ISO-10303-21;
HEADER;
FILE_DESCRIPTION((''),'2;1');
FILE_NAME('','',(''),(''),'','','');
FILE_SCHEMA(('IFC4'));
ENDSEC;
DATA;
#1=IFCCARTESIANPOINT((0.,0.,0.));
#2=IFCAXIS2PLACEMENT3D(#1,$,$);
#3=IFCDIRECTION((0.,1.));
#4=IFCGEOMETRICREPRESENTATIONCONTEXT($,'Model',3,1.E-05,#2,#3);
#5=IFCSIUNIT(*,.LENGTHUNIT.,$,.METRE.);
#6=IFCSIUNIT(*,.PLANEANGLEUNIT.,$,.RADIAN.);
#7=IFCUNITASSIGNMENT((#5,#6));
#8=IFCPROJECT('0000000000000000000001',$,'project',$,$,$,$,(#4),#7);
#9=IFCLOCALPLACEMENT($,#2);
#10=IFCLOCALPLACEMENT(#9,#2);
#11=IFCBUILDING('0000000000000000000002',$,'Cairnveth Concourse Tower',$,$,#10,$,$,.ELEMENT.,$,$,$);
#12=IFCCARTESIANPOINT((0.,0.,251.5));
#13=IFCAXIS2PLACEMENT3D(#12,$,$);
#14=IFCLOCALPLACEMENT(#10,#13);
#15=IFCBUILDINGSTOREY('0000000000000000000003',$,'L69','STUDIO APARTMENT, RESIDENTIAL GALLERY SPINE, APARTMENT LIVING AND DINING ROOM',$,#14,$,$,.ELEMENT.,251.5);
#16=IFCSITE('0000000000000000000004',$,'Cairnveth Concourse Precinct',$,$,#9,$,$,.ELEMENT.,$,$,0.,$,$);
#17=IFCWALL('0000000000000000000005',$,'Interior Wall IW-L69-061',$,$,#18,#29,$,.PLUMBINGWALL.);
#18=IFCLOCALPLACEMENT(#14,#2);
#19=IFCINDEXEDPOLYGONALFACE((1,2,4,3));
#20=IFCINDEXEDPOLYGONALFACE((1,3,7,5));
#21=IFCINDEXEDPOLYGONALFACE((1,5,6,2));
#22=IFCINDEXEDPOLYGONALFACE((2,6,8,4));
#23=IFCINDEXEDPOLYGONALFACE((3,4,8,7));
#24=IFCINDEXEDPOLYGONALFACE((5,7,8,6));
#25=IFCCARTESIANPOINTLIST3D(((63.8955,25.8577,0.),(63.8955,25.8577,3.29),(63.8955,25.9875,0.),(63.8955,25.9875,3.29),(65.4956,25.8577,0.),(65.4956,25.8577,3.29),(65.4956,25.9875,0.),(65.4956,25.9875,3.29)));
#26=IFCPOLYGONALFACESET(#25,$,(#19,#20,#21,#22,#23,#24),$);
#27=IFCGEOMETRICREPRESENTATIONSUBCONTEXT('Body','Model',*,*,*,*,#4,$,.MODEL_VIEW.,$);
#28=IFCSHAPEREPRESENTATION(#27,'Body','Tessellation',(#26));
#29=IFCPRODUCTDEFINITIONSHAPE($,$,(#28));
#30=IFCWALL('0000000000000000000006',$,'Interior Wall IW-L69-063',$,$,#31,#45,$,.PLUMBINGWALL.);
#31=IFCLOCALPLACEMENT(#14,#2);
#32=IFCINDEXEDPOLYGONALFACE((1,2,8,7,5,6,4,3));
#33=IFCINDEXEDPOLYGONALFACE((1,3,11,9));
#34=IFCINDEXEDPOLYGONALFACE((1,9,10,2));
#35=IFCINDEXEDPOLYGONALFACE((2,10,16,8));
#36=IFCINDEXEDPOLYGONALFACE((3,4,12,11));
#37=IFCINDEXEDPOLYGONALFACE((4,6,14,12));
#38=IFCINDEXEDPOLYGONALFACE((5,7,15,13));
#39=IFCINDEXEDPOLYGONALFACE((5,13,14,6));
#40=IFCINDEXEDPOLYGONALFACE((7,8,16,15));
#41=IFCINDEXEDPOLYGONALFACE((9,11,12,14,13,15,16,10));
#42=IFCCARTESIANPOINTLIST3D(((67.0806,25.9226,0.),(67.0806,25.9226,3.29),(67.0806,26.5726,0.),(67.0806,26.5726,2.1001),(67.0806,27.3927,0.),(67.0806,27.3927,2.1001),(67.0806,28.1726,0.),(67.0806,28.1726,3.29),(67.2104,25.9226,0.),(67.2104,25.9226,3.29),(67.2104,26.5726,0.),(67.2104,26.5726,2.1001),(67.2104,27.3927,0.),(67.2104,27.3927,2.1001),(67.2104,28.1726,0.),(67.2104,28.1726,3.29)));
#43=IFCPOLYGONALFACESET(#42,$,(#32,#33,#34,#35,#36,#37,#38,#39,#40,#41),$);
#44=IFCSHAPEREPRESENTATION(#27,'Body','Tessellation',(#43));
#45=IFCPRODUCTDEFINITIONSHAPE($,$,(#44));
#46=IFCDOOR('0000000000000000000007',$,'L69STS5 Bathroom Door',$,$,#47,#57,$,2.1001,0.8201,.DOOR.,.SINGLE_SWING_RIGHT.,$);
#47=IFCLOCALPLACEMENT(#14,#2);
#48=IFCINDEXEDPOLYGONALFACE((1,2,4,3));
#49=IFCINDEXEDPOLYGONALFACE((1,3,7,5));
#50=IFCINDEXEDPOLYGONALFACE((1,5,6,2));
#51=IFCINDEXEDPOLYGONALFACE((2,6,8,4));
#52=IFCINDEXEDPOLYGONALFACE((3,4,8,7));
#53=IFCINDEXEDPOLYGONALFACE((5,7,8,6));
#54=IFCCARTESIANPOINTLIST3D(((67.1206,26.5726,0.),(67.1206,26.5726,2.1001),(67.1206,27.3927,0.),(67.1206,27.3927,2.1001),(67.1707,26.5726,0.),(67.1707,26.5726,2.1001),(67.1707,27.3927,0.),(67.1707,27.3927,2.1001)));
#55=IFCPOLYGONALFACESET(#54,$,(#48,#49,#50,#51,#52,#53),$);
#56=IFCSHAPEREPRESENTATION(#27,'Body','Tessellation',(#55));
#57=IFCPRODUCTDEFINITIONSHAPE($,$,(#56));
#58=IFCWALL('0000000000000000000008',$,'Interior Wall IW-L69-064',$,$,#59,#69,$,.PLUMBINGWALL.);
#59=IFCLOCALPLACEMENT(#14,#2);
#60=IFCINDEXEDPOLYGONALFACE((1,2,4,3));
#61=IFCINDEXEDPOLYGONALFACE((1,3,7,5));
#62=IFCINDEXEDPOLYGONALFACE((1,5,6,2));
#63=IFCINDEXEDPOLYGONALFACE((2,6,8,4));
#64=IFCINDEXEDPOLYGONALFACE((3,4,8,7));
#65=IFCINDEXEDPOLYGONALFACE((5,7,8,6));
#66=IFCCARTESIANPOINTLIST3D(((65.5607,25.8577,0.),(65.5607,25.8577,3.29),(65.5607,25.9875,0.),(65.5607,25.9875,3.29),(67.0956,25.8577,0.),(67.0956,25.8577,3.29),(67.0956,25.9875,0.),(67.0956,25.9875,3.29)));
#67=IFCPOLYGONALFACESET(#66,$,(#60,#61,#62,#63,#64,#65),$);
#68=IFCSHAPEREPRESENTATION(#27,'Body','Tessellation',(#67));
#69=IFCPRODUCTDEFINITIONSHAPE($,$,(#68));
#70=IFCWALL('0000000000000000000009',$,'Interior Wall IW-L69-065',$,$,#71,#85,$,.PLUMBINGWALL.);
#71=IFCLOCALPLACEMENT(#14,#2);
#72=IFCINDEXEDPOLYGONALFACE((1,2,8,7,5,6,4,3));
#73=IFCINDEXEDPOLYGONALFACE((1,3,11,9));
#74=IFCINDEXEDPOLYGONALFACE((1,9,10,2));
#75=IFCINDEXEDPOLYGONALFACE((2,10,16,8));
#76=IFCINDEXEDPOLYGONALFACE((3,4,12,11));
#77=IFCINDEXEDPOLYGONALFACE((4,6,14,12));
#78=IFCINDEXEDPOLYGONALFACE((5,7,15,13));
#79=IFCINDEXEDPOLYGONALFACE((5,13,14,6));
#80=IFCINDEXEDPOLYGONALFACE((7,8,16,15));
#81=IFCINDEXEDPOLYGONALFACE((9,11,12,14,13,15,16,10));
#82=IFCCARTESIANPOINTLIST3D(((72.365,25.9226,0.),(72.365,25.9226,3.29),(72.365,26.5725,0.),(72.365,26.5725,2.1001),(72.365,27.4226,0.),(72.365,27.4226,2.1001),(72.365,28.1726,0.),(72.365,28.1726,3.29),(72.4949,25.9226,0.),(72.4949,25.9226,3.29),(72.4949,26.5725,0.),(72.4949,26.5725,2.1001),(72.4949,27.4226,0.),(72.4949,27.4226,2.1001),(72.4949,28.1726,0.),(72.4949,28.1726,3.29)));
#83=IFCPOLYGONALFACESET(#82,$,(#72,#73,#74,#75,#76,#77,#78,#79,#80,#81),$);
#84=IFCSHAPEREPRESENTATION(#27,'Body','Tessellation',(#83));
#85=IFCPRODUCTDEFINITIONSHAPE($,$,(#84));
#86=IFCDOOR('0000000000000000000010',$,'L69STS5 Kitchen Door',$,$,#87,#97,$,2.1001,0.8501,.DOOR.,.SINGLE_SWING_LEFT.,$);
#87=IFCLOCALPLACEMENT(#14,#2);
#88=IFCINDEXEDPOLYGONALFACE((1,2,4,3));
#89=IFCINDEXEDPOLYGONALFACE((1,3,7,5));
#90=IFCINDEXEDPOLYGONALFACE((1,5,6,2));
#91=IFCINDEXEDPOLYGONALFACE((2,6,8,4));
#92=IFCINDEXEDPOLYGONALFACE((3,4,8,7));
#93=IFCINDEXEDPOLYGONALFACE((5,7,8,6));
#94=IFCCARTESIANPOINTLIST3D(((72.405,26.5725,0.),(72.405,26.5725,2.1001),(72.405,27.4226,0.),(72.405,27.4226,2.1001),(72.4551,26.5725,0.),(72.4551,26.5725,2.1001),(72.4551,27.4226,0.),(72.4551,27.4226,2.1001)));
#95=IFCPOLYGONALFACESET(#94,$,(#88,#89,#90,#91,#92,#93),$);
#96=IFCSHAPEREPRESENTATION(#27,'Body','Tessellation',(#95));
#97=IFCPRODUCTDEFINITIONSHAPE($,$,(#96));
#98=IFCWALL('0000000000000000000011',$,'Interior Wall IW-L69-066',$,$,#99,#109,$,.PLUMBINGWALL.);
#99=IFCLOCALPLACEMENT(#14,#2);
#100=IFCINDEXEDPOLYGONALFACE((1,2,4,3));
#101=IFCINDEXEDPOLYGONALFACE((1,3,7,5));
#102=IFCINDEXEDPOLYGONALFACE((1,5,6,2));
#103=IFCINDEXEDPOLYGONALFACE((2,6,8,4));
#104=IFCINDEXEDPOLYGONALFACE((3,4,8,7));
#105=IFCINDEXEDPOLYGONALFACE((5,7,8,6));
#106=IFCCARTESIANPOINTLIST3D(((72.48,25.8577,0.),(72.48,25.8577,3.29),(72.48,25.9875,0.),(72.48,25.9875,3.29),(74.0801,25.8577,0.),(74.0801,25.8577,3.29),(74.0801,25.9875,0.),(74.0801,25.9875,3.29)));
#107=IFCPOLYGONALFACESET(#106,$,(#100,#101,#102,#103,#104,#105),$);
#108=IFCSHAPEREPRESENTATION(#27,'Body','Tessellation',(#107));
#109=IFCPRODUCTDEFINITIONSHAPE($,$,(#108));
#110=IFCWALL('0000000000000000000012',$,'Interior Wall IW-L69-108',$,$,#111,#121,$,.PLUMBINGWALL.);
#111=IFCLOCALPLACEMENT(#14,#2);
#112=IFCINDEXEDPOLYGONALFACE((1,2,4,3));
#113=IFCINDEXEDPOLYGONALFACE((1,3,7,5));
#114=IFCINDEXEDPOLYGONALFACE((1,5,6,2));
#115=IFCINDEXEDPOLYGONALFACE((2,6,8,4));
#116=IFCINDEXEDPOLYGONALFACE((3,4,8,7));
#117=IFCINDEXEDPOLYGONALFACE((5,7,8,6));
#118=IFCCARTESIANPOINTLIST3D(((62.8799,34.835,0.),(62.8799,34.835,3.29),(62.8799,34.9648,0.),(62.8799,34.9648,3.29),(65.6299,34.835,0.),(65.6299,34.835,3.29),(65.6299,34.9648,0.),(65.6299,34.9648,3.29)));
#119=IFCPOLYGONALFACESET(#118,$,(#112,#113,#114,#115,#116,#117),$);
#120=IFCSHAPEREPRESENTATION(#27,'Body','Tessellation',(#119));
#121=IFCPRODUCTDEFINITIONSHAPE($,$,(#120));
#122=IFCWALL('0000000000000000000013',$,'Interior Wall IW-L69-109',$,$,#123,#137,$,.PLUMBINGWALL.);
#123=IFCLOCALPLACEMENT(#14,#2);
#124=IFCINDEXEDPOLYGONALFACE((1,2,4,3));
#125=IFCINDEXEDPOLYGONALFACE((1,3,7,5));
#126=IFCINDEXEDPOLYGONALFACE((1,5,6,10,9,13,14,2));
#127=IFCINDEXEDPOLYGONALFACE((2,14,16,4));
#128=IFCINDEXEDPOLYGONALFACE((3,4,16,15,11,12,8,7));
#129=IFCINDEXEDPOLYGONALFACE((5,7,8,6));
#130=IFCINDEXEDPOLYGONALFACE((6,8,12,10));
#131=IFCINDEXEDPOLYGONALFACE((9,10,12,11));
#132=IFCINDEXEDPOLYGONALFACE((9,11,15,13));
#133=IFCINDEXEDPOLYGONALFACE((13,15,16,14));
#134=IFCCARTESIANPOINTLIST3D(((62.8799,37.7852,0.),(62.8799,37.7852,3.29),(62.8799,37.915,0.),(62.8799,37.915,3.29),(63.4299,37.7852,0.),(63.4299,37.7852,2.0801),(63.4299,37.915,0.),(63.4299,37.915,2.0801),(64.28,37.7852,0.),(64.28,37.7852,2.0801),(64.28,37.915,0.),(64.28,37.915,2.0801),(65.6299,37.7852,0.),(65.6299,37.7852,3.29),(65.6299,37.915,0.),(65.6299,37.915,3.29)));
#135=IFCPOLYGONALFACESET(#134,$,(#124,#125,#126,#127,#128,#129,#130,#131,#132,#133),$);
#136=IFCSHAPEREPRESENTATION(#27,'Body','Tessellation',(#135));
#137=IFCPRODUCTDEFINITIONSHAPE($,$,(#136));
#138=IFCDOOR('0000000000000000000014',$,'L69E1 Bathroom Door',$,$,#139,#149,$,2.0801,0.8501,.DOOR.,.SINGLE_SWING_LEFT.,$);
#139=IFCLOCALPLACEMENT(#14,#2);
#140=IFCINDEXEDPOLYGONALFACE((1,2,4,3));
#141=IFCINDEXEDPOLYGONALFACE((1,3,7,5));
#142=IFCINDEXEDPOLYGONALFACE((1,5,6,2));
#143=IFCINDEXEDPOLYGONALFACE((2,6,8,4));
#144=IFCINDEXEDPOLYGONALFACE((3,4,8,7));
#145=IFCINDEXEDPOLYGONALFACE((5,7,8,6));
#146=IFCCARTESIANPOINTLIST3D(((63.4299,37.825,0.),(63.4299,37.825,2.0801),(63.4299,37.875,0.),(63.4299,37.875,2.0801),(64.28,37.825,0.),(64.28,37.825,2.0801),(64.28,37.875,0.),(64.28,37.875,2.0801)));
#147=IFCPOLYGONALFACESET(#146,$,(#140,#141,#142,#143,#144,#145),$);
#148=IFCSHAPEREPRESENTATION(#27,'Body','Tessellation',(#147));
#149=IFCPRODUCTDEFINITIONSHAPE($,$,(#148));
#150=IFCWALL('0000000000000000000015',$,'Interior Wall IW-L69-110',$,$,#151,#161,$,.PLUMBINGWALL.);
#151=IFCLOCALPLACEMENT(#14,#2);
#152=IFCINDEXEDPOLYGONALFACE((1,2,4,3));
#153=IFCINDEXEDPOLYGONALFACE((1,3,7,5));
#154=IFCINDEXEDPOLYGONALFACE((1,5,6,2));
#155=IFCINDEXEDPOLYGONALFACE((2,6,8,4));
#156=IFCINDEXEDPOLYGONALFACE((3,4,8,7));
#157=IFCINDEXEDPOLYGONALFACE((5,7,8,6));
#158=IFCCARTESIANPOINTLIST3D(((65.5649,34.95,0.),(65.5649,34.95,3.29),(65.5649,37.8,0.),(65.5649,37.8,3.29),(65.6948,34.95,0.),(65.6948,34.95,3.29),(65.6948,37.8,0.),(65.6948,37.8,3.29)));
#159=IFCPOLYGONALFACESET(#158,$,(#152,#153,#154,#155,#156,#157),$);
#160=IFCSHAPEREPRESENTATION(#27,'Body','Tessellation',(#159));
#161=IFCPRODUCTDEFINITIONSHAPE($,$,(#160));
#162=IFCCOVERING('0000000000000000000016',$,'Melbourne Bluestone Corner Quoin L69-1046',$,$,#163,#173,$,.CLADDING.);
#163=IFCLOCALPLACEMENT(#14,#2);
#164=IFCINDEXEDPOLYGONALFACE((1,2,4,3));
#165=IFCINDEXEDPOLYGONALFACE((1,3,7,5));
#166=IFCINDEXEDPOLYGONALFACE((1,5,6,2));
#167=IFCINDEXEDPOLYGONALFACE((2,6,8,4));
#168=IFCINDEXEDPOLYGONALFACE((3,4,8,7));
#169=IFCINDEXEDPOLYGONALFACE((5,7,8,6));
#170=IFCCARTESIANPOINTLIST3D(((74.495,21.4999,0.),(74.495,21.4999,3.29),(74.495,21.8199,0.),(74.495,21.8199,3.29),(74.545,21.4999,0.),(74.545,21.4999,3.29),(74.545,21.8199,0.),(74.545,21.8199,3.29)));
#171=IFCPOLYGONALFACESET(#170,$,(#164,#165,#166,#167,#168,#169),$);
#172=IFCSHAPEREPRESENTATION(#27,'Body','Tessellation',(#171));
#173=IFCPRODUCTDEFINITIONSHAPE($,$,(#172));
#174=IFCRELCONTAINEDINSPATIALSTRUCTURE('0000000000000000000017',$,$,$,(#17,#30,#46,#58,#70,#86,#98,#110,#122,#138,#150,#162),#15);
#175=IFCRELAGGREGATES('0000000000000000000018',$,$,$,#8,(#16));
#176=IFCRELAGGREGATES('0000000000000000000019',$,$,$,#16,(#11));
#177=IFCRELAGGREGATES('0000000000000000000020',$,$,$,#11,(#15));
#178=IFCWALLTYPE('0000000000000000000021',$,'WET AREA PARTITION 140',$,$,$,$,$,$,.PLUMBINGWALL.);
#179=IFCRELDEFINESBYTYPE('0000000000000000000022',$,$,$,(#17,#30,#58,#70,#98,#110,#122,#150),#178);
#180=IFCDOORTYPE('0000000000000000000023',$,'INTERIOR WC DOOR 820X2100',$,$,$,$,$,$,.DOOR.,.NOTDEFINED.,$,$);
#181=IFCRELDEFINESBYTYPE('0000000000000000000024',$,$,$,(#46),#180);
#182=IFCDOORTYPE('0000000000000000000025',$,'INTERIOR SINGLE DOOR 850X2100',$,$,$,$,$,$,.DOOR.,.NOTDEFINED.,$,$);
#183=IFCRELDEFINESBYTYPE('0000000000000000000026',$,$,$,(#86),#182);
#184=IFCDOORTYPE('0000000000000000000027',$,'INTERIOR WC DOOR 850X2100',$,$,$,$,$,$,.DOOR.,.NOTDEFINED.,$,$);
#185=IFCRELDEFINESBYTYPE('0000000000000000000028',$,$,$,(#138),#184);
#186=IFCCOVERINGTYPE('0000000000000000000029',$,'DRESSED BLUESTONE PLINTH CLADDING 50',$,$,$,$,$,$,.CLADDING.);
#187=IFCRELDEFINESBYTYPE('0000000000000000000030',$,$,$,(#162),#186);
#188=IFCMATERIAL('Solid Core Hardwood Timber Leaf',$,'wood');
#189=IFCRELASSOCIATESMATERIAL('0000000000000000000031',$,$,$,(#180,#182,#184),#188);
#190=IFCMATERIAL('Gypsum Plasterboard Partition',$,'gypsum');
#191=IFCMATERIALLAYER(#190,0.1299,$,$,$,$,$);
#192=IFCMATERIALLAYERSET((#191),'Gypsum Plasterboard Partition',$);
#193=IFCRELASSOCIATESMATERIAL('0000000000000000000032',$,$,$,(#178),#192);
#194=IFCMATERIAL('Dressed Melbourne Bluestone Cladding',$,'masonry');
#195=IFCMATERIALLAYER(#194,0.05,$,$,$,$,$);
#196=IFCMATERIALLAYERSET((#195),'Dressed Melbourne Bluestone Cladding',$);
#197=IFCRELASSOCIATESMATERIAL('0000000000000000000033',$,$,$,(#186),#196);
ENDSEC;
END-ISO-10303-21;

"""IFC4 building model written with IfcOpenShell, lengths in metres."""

from ifc_helpers import new_model, si_unit, direction, frame, frame_2d, origin, place, context, subcontext, project, spatial, rectangle, extrude, material, layer, layer_set, type_object, element, fill, save


model = new_model("IFC4")

# Units and contexts
model_context = context("Model", 3, precision=1e-05, world=origin(), true_north=direction((0.0, 1.0)))
body_context = subcontext(model_context, "Body", "Model", "MODEL_VIEW")
ifc_project = project(units=[si_unit("LENGTHUNIT", "METRE"), si_unit("PLANEANGLEUNIT", "RADIAN")], contexts=[model_context])

# Site, building, storey
site_placement = place(None, origin())
site = spatial("IfcSite", under=ifc_project, at=site_placement, Name="Cairnveth Concourse Precinct", CompositionType="ELEMENT", RefElevation=0.0)
building_placement = place(site_placement, origin())
building = spatial("IfcBuilding", under=site, at=building_placement, Name="Cairnveth Concourse Tower", CompositionType="ELEMENT")
storey_placement = place(building_placement, frame((0.0, 0.0, 251.5)))
storey = spatial("IfcBuildingStorey", under=building, at=storey_placement, Name="L69", Description="STUDIO APARTMENT, RESIDENTIAL GALLERY SPINE, APARTMENT LIVING AND DINING ROOM", CompositionType="ELEMENT", Elevation=251.5)

# Shared definitions
ifc_material_1 = material(Name="Gypsum Plasterboard Partition", Category="gypsum")
ifc_material_2 = material(Name="Solid Core Hardwood Timber Leaf", Category="wood")
door_type_1 = type_object("IfcDoorType", Name="INTERIOR WC DOOR 820X2100", OperationType="NOTDEFINED", PredefinedType="DOOR", material=ifc_material_2)
ifc_layer_1 = layer(ifc_material_1, 0.1299)
ifc_layer_set_1 = layer_set([ifc_layer_1], Name="Gypsum Plasterboard Partition")
wall_type_1 = type_object("IfcWallType", Name="WET AREA PARTITION 140", PredefinedType="PLUMBINGWALL", material=ifc_layer_set_1)
door_type_2 = type_object("IfcDoorType", Name="INTERIOR SINGLE DOOR 850X2100", OperationType="NOTDEFINED", PredefinedType="DOOR", material=ifc_material_2)

# Wall
wall_1_placement = place(storey_placement, frame((63.8955, 25.9226, 0.0), z_axis=(0.0, 0.0, 1.0), x_axis=(1.0, 0.0, 0.0)))
element("IfcWall", 1, at=wall_1_placement, inside=storey, type_object=wall_type_1, Name="Interior Wall IW-L69-061", PredefinedType="PLUMBINGWALL", context=body_context, shape_type="SweptSolid", body=[
    extrude(rectangle(XDim=1.6001, YDim=0.1299, at=frame_2d((0.8, 0.0))), origin(), (0.0, 0.0, 1.0), 3.29),
])

# Wall, opening, door
wall_2_placement = place(storey_placement, frame((67.1455, 25.9226, 0.0), z_axis=(0.0, 0.0, 1.0), x_axis=(0.0, 1.0, 0.0)))
wall_2 = element("IfcWall", 2, at=wall_2_placement, inside=storey, type_object=wall_type_1, Name="Interior Wall IW-L69-063", PredefinedType="PLUMBINGWALL", context=body_context, shape_type="SweptSolid", body=[
    extrude(rectangle(XDim=2.25, YDim=0.1299, at=frame_2d((1.125, 0.0))), origin(), (0.0, 0.0, 1.0), 3.29),
])
opening_1_placement = place(wall_2_placement, frame((0.6499, 0.0, 0.0)))
opening_1 = element("IfcOpeningElement", 3, at=opening_1_placement, cuts=wall_2, PredefinedType="OPENING", context=body_context, shape_type="SweptSolid", body=[
    extrude(rectangle(XDim=0.8201, YDim=2.1001, at=frame_2d((0.4102, 1.05))), frame((0.0, 0.075, 0.0), z_axis=(0.0, -1.0, 0.0), x_axis=(1.0, 0.0, 0.0)), (0.0, 0.0, 1.0), 0.1499),
])
door_1_placement = place(opening_1_placement, origin())
door_1 = element("IfcDoor", 4, at=door_1_placement, inside=storey, type_object=door_type_1, Name="L69STS5 Bathroom Door", OperationType="SINGLE_SWING_RIGHT", OverallHeight=2.1001, OverallWidth=0.8201, PredefinedType="DOOR", context=body_context, shape_type="SweptSolid", body=[
    extrude(rectangle(XDim=0.8201, YDim=2.1001, at=frame_2d((0.4102, 1.05))), frame((0.0, 0.0249, 0.0), z_axis=(0.0, -1.0, 0.0), x_axis=(1.0, 0.0, 0.0)), (0.0, 0.0, 1.0), 0.05),
])
fill(opening_1, door_1)

# Wall
wall_3_placement = place(storey_placement, frame((65.5605, 25.9226, 0.0), z_axis=(0.0, 0.0, 1.0), x_axis=(1.0, 0.0, 0.0)))
element("IfcWall", 5, at=wall_3_placement, inside=storey, type_object=wall_type_1, Name="Interior Wall IW-L69-064", PredefinedType="PLUMBINGWALL", context=body_context, shape_type="SweptSolid", body=[
    extrude(rectangle(XDim=1.5349, YDim=0.1299, at=frame_2d((0.7676, 0.0))), origin(), (0.0, 0.0, 1.0), 3.29),
])

# Wall, opening, door
wall_4_placement = place(storey_placement, frame((72.4299, 25.9226, 0.0), z_axis=(0.0, 0.0, 1.0), x_axis=(0.0, 1.0, 0.0)))
wall_4 = element("IfcWall", 6, at=wall_4_placement, inside=storey, type_object=wall_type_1, Name="Interior Wall IW-L69-065", PredefinedType="PLUMBINGWALL", context=body_context, shape_type="SweptSolid", body=[
    extrude(rectangle(XDim=2.25, YDim=0.1299, at=frame_2d((1.125, 0.0))), origin(), (0.0, 0.0, 1.0), 3.29),
])
opening_2_placement = place(wall_4_placement, frame((0.6499, 0.0, 0.0)))
opening_2 = element("IfcOpeningElement", 7, at=opening_2_placement, cuts=wall_4, PredefinedType="OPENING", context=body_context, shape_type="SweptSolid", body=[
    extrude(rectangle(XDim=0.8501, YDim=2.1001, at=frame_2d((0.425, 1.05))), frame((0.0, 0.075, 0.0), z_axis=(0.0, -1.0, 0.0), x_axis=(1.0, 0.0, 0.0)), (0.0, 0.0, 1.0), 0.1499),
])
door_2_placement = place(opening_2_placement, origin())
door_2 = element("IfcDoor", 8, at=door_2_placement, inside=storey, type_object=door_type_2, Name="L69STS5 Kitchen Door", OperationType="SINGLE_SWING_LEFT", OverallHeight=2.1001, OverallWidth=0.8501, PredefinedType="DOOR", context=body_context, shape_type="SweptSolid", body=[
    extrude(rectangle(XDim=0.8501, YDim=2.1001, at=frame_2d((0.425, 1.05))), frame((0.0, 0.0249, 0.0), z_axis=(0.0, -1.0, 0.0), x_axis=(1.0, 0.0, 0.0)), (0.0, 0.0, 1.0), 0.05),
])
fill(opening_2, door_2)

# Walls
wall_5_placement = place(storey_placement, frame((72.48, 25.9226, 0.0), z_axis=(0.0, 0.0, 1.0), x_axis=(1.0, 0.0, 0.0)))
element("IfcWall", 9, at=wall_5_placement, inside=storey, type_object=wall_type_1, Name="Interior Wall IW-L69-066", PredefinedType="PLUMBINGWALL", context=body_context, shape_type="SweptSolid", body=[
    extrude(rectangle(XDim=1.6001, YDim=0.1299, at=frame_2d((0.8, 0.0))), origin(), (0.0, 0.0, 1.0), 3.29),
])
wall_6_placement = place(storey_placement, frame((62.8799, 34.8999, 0.0), z_axis=(0.0, 0.0, 1.0), x_axis=(1.0, 0.0, 0.0)))
element("IfcWall", 10, at=wall_6_placement, inside=storey, type_object=wall_type_1, Name="Interior Wall IW-L69-108", PredefinedType="PLUMBINGWALL", context=body_context, shape_type="SweptSolid", body=[
    extrude(rectangle(XDim=2.75, YDim=0.1299, at=frame_2d((1.375, 0.0))), origin(), (0.0, 0.0, 1.0), 3.29),
])

# Wall, opening, door
wall_7_placement = place(storey_placement, frame((62.8799, 37.8501, 0.0), z_axis=(0.0, 0.0, 1.0), x_axis=(1.0, 0.0, 0.0)))
wall_7 = element("IfcWall", 11, at=wall_7_placement, inside=storey, type_object=wall_type_1, Name="Interior Wall IW-L69-109", PredefinedType="PLUMBINGWALL", context=body_context, shape_type="SweptSolid", body=[
    extrude(rectangle(XDim=2.75, YDim=0.1299, at=frame_2d((1.375, 0.0))), origin(), (0.0, 0.0, 1.0), 3.29),
])
opening_3_placement = place(wall_7_placement, frame((0.55, 0.0, 0.0)))
opening_3 = element("IfcOpeningElement", 12, at=opening_3_placement, cuts=wall_7, PredefinedType="OPENING", context=body_context, shape_type="SweptSolid", body=[
    extrude(rectangle(XDim=0.8501, YDim=2.0801, at=frame_2d((0.425, 1.04))), frame((0.0, 0.075, 0.0), z_axis=(0.0, -1.0, 0.0), x_axis=(1.0, 0.0, 0.0)), (0.0, 0.0, 1.0), 0.1499),
])
door_type_3 = type_object("IfcDoorType", Name="INTERIOR WC DOOR 850X2100", OperationType="NOTDEFINED", PredefinedType="DOOR", material=ifc_material_2)
door_3_placement = place(opening_3_placement, origin())
door_3 = element("IfcDoor", 13, at=door_3_placement, inside=storey, type_object=door_type_3, Name="L69E1 Bathroom Door", OperationType="SINGLE_SWING_LEFT", OverallHeight=2.0801, OverallWidth=0.8501, PredefinedType="DOOR", context=body_context, shape_type="SweptSolid", body=[
    extrude(rectangle(XDim=0.8501, YDim=2.0801, at=frame_2d((0.425, 1.04))), frame((0.0, 0.0249, 0.0), z_axis=(0.0, -1.0, 0.0), x_axis=(1.0, 0.0, 0.0)), (0.0, 0.0, 1.0), 0.05),
])
fill(opening_3, door_3)

# Wall
wall_8_placement = place(storey_placement, frame((65.6299, 34.95, 0.0), z_axis=(0.0, 0.0, 1.0), x_axis=(0.0, 1.0, 0.0)))
element("IfcWall", 14, at=wall_8_placement, inside=storey, type_object=wall_type_1, Name="Interior Wall IW-L69-110", PredefinedType="PLUMBINGWALL", context=body_context, shape_type="SweptSolid", body=[
    extrude(rectangle(XDim=2.8501, YDim=0.1299, at=frame_2d((1.425, 0.0))), origin(), (0.0, 0.0, 1.0), 3.29),
])

# Covering
ifc_material_3 = material(Name="Dressed Melbourne Bluestone Cladding", Category="masonry")
ifc_layer_2 = layer(ifc_material_3, 0.05)
ifc_layer_set_2 = layer_set([ifc_layer_2], Name="Dressed Melbourne Bluestone Cladding")
covering_type = type_object("IfcCoveringType", Name="DRESSED BLUESTONE PLINTH CLADDING 50", PredefinedType="CLADDING", material=ifc_layer_set_2)
for number, where, z_axis, x_axis, name in (
    (15, (74.52, 21.8201, 0.0), (0.0, 0.0, 1.0), (0.0, -1.0, 0.0), "Melbourne Bluestone Corner Quoin L69-1046"),
):
    element("IfcCovering", number, at=place(storey_placement, frame(where, z_axis=z_axis, x_axis=x_axis)), inside=storey, type_object=covering_type, Name=name, PredefinedType="CLADDING", context=body_context, shape_type="SweptSolid", body=[
        extrude(rectangle(XDim=0.3201, YDim=0.05, at=frame_2d((0.1602, 0.0))), origin(), (0.0, 0.0, 1.0), 3.29),
    ])

save(model, "model.ifc")
